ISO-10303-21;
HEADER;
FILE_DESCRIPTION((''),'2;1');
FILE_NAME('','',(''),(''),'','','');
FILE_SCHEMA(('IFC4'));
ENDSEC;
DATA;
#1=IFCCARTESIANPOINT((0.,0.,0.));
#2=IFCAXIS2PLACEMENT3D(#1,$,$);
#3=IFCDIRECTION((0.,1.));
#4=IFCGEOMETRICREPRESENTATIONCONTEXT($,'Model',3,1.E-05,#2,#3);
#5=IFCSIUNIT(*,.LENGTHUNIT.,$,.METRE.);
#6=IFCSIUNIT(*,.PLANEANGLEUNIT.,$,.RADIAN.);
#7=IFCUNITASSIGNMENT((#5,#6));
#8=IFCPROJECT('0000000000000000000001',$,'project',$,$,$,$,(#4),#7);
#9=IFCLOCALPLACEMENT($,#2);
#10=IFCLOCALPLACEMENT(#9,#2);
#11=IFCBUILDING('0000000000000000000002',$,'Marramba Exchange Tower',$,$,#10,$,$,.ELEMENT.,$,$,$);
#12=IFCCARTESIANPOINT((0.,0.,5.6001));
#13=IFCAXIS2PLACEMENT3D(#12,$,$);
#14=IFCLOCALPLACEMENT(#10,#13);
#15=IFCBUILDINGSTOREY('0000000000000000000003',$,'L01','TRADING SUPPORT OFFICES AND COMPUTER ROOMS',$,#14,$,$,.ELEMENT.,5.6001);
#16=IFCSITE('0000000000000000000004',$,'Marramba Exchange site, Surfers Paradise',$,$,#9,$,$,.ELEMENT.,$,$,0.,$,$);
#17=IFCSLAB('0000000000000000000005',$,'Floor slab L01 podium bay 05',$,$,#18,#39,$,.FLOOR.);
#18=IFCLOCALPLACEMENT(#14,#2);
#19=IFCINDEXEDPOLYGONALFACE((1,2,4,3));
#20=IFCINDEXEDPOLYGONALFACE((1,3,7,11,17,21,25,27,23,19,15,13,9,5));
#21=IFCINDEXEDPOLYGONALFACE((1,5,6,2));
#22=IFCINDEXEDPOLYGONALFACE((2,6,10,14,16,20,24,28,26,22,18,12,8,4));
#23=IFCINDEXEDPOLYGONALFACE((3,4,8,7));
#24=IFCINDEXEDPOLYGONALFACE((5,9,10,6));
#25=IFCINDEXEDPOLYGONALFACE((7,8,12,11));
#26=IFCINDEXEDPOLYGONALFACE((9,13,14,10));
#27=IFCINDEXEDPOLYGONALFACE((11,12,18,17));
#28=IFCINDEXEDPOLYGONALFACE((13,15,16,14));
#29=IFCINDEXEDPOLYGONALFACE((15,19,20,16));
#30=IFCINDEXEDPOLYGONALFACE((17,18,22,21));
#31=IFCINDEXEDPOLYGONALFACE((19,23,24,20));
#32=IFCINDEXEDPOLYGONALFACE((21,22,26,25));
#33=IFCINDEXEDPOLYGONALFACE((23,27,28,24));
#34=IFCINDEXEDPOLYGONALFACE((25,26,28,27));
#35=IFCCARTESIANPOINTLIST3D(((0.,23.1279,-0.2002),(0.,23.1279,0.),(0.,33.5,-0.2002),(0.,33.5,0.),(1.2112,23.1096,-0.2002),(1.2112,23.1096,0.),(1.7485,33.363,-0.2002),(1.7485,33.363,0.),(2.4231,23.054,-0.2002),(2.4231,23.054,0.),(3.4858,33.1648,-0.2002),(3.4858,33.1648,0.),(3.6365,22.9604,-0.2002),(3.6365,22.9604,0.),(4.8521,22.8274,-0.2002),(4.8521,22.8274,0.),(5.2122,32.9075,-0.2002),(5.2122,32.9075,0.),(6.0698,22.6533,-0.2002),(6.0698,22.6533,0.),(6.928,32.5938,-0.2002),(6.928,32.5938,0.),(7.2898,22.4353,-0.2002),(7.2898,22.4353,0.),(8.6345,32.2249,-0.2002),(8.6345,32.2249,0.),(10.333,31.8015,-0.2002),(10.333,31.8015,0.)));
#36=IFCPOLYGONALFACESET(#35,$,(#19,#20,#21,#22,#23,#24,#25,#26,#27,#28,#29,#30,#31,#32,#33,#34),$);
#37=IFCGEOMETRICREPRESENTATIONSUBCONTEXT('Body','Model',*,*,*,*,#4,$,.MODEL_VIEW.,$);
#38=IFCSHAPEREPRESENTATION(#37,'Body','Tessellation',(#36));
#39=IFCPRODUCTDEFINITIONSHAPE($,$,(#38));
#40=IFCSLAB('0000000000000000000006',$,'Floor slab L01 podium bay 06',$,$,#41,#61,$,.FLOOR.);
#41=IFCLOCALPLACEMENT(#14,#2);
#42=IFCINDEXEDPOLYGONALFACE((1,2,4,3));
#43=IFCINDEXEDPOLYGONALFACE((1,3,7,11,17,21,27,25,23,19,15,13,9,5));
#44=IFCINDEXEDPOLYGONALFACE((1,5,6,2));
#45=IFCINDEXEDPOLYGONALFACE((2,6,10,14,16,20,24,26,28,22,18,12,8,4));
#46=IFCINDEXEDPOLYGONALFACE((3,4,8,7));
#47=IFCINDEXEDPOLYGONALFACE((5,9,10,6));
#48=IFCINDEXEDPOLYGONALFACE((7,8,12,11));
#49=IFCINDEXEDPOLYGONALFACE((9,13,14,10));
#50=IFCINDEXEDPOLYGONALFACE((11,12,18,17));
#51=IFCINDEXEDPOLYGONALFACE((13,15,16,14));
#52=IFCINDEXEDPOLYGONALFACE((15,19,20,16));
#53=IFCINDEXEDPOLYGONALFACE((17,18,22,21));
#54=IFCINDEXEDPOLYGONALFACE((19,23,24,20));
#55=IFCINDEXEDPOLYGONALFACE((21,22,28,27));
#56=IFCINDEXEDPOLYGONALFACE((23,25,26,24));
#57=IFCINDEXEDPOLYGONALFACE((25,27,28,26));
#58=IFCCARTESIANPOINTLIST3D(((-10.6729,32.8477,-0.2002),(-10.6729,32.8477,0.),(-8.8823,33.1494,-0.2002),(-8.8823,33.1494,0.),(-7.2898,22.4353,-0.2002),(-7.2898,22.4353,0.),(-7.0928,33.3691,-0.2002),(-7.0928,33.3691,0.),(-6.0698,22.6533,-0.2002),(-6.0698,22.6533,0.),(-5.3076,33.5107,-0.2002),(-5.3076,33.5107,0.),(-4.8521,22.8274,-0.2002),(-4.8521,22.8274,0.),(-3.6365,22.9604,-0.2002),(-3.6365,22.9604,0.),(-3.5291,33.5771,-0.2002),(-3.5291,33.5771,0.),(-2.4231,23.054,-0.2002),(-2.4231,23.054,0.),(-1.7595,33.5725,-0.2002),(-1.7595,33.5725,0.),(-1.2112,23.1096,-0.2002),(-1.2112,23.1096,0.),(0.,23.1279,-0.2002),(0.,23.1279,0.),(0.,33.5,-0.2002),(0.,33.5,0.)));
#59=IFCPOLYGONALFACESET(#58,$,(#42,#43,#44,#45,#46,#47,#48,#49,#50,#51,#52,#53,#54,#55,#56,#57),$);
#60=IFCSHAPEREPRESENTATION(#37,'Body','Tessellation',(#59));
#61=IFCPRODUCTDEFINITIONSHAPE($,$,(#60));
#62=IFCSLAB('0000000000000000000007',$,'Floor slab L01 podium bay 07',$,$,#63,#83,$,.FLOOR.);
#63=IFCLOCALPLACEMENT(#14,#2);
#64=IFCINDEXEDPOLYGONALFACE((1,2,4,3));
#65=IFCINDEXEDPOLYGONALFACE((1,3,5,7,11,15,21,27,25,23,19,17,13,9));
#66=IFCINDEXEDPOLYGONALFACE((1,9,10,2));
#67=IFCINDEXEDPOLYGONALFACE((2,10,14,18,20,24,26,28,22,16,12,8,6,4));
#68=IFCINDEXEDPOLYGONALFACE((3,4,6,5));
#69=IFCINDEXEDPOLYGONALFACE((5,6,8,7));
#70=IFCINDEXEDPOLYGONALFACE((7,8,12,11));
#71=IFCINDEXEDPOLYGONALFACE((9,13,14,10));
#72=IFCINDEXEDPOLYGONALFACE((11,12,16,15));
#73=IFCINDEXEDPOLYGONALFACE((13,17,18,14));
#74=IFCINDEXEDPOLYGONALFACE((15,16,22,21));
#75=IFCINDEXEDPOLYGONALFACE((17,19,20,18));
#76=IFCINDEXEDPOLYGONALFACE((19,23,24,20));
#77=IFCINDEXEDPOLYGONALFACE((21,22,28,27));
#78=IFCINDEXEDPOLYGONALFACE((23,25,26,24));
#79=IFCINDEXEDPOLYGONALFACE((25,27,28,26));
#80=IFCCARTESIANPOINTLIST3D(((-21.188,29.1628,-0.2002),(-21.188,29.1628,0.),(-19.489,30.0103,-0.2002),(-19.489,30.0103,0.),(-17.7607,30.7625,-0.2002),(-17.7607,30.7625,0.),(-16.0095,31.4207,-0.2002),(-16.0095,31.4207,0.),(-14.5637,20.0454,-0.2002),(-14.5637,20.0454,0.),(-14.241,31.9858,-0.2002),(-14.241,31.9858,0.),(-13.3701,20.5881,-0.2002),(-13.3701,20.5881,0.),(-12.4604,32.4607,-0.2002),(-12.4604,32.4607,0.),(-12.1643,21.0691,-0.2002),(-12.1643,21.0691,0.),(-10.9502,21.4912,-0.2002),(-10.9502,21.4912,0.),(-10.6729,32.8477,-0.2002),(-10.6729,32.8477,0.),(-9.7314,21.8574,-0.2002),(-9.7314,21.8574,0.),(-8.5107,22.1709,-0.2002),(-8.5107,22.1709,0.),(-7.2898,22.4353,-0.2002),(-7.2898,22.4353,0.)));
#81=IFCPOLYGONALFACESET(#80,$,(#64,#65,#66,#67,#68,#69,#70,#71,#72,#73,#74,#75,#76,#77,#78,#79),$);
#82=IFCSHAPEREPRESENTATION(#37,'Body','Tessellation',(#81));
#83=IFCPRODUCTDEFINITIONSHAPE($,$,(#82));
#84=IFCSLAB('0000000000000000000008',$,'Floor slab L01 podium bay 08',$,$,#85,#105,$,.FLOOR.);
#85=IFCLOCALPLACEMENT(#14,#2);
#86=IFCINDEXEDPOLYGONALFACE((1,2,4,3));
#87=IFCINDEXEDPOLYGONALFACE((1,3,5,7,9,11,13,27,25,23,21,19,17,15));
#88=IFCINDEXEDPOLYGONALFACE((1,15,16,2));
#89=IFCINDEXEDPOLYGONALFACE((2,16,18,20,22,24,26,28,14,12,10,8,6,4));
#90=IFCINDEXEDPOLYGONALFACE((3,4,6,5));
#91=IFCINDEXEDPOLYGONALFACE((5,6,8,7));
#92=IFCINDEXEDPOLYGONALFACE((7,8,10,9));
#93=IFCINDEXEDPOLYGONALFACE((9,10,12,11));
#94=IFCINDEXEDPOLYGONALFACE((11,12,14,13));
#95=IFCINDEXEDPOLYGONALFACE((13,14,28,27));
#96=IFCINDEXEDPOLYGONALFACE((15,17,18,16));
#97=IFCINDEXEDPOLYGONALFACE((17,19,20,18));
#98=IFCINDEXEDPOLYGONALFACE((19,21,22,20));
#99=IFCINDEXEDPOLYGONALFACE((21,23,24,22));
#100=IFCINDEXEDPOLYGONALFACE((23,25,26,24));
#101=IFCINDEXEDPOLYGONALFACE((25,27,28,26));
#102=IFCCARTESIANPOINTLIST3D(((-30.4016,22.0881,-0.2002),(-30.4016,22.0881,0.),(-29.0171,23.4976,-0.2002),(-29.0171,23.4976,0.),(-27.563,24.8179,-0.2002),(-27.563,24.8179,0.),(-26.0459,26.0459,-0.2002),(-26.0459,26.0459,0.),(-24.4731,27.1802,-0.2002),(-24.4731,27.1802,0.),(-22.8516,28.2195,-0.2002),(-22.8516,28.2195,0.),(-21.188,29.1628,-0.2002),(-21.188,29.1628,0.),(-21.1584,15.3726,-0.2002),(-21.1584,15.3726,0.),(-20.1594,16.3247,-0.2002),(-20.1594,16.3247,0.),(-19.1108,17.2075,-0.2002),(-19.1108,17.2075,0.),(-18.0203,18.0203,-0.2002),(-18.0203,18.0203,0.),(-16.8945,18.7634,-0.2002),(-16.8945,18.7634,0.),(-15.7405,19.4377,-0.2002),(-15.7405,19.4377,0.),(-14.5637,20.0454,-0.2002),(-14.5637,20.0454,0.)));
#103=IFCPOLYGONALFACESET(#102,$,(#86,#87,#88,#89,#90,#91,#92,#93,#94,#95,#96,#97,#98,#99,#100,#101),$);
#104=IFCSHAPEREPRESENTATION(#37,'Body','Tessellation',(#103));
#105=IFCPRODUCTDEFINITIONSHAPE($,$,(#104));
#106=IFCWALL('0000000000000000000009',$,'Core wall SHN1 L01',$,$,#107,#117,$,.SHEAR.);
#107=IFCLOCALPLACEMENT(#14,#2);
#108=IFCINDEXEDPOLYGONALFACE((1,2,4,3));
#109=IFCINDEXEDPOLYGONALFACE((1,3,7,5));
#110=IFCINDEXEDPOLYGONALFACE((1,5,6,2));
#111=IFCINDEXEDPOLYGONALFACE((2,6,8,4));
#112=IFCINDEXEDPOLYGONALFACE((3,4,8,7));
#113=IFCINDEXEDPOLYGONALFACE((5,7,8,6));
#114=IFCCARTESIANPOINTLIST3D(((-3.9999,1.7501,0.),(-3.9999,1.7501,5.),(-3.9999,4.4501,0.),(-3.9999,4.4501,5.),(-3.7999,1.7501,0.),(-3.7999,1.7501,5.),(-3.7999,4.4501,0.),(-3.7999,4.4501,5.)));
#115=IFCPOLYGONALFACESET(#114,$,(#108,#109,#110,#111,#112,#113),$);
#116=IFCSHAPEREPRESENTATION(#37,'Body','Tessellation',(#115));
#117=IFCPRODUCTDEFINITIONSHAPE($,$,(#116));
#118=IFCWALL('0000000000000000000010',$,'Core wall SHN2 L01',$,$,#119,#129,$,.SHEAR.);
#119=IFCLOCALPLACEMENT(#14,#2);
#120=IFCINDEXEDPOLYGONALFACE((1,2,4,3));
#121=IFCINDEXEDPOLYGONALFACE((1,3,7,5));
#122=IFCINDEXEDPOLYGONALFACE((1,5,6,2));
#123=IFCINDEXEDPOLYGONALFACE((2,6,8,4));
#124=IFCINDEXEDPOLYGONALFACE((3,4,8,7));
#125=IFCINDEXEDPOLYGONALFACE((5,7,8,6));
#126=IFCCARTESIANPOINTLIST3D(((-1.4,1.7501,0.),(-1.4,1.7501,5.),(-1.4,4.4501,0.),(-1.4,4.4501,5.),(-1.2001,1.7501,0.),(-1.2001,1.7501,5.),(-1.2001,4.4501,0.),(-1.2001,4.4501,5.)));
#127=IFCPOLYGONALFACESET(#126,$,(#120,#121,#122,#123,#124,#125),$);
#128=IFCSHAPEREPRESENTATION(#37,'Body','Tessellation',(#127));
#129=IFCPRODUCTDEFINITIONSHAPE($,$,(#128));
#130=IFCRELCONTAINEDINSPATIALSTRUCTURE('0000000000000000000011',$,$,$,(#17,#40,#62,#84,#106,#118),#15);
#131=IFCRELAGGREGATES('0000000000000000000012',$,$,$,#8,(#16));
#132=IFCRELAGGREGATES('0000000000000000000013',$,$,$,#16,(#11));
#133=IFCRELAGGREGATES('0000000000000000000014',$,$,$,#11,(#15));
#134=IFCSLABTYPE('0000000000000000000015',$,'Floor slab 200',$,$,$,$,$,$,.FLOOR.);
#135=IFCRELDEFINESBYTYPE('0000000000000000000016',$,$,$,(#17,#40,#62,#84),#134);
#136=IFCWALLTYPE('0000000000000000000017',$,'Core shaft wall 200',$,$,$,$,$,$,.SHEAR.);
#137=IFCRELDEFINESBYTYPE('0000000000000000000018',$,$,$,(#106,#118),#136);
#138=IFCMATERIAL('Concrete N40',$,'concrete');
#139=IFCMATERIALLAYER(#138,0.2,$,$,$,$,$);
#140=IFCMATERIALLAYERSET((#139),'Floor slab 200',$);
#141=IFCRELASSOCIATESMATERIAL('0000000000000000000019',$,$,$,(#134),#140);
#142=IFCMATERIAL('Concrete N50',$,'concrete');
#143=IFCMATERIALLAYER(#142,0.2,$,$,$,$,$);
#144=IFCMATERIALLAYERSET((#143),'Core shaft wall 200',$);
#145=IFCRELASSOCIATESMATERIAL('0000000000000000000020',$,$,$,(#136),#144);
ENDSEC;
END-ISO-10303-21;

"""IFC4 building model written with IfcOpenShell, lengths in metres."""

from ifc_helpers import new_model, si_unit, direction, frame, frame_2d, origin, place, context, subcontext, project, spatial, polyline, rectangle, outline, extrude, material, layer, layer_set, type_object, element, save


model = new_model("IFC4")

# Units and contexts
model_context = context("Model", 3, precision=1e-05, world=origin(), true_north=direction((0.0, 1.0)))
body_context = subcontext(model_context, "Body", "Model", "MODEL_VIEW")
ifc_project = project(units=[si_unit("LENGTHUNIT", "METRE"), si_unit("PLANEANGLEUNIT", "RADIAN")], contexts=[model_context])

# Site, building, storey
site_placement = place(None, origin())
site = spatial("IfcSite", under=ifc_project, at=site_placement, Name="Marramba Exchange site, Surfers Paradise", CompositionType="ELEMENT", RefElevation=0.0)
building_placement = place(site_placement, origin())
building = spatial("IfcBuilding", under=site, at=building_placement, Name="Marramba Exchange Tower", CompositionType="ELEMENT")
storey_placement = place(building_placement, frame((0.0, 0.0, 5.6001)))
storey = spatial("IfcBuildingStorey", under=building, at=storey_placement, Name="L01", Description="TRADING SUPPORT OFFICES AND COMPUTER ROOMS", CompositionType="ELEMENT", Elevation=5.6001)

# Slabs
ifc_material_1 = material(Name="Concrete N40", Category="concrete")
ifc_layer_1 = layer(ifc_material_1, 0.2)
ifc_layer_set_1 = layer_set([ifc_layer_1], Name="Floor slab 200")
slab_type = type_object("IfcSlabType", Name="Floor slab 200", PredefinedType="FLOOR", material=ifc_layer_set_1)
slab_1_placement = place(storey_placement, frame((0.0, 0.0, -0.2002)))
element("IfcSlab", 1, at=slab_1_placement, inside=storey, type_object=slab_type, Name="Floor slab L01 podium bay 05", PredefinedType="FLOOR", context=body_context, shape_type="SweptSolid", body=[
    extrude(outline(polyline([(1.7485, 33.363), (3.4858, 33.1648), (5.2122, 32.9075), (6.928, 32.5938), (8.6345, 32.2249), (10.333, 31.8015), (7.2898, 22.4353), (6.0698, 22.6533), (4.8521, 22.8274), (3.6365, 22.9604), (2.4231, 23.054), (1.2112, 23.1096), (0.0, 23.1279), (0.0, 33.5), (1.7485, 33.363)])), origin(), (0.0, 0.0, 1.0), 0.2002),
])
slab_2_placement = place(storey_placement, frame((0.0, 0.0, -0.2002)))
element("IfcSlab", 2, at=slab_2_placement, inside=storey, type_object=slab_type, Name="Floor slab L01 podium bay 06", PredefinedType="FLOOR", context=body_context, shape_type="SweptSolid", body=[
    extrude(outline(polyline([(-8.8823, 33.1494), (-7.0928, 33.3691), (-5.3076, 33.5107), (-3.5291, 33.5771), (-1.7595, 33.5725), (0.0, 33.5), (0.0, 23.1279), (-1.2112, 23.1096), (-2.4231, 23.054), (-3.6365, 22.9604), (-4.8521, 22.8274), (-6.0698, 22.6533), (-7.2898, 22.4353), (-10.6729, 32.8477), (-8.8823, 33.1494)])), origin(), (0.0, 0.0, 1.0), 0.2002),
])
slab_3_placement = place(storey_placement, frame((0.0, 0.0, -0.2002)))
element("IfcSlab", 3, at=slab_3_placement, inside=storey, type_object=slab_type, Name="Floor slab L01 podium bay 07", PredefinedType="FLOOR", context=body_context, shape_type="SweptSolid", body=[
    extrude(outline(polyline([(-19.489, 30.0103), (-17.7607, 30.7625), (-16.0095, 31.4207), (-14.241, 31.9858), (-12.4604, 32.4607), (-10.6729, 32.8477), (-7.2898, 22.4353), (-8.5107, 22.1709), (-9.7314, 21.8574), (-10.9502, 21.4912), (-12.1643, 21.0691), (-13.3701, 20.5881), (-14.5637, 20.0454), (-21.188, 29.1628), (-19.489, 30.0103)])), origin(), (0.0, 0.0, 1.0), 0.2002),
])
slab_4_placement = place(storey_placement, frame((0.0, 0.0, -0.2002)))
element("IfcSlab", 4, at=slab_4_placement, inside=storey, type_object=slab_type, Name="Floor slab L01 podium bay 08", PredefinedType="FLOOR", context=body_context, shape_type="SweptSolid", body=[
    extrude(outline(polyline([(-30.4016, 22.0881), (-29.0171, 23.4976), (-27.563, 24.8179), (-26.0459, 26.0459), (-24.4731, 27.1802), (-22.8516, 28.2195), (-21.188, 29.1628), (-14.5637, 20.0454), (-15.7405, 19.4377), (-16.8945, 18.7634), (-18.0203, 18.0203), (-19.1108, 17.2075), (-20.1594, 16.3247), (-21.1584, 15.3726), (-30.4016, 22.0881)])), origin(), (0.0, 0.0, 1.0), 0.2002),
])

# Walls
ifc_material_2 = material(Name="Concrete N50", Category="concrete")
ifc_layer_2 = layer(ifc_material_2, 0.2)
ifc_layer_set_2 = layer_set([ifc_layer_2], Name="Core shaft wall 200")
wall_type_1 = type_object("IfcWallType", Name="Core shaft wall 200", PredefinedType="SHEAR", material=ifc_layer_set_2)
for number, where, z_axis, x_axis, name in (
    (5, (-3.8999, 1.75, 0.0), (0.0, 0.0, 1.0), (0.0, 1.0, 0.0), "Core wall SHN1 L01"),
    (6, (-1.3, 1.75, 0.0), (0.0, 0.0, 1.0), (0.0, 1.0, 0.0), "Core wall SHN2 L01"),
):
    element("IfcWall", number, at=place(storey_placement, frame(where, z_axis=z_axis, x_axis=x_axis)), inside=storey, type_object=wall_type_1, Name=name, PredefinedType="SHEAR", context=body_context, shape_type="SweptSolid", body=[
        extrude(rectangle(XDim=2.7, YDim=0.2, at=frame_2d((1.3501, 0.0))), origin(), (0.0, 0.0, 1.0), 5.0),
    ])

save(model, "model.ifc")
